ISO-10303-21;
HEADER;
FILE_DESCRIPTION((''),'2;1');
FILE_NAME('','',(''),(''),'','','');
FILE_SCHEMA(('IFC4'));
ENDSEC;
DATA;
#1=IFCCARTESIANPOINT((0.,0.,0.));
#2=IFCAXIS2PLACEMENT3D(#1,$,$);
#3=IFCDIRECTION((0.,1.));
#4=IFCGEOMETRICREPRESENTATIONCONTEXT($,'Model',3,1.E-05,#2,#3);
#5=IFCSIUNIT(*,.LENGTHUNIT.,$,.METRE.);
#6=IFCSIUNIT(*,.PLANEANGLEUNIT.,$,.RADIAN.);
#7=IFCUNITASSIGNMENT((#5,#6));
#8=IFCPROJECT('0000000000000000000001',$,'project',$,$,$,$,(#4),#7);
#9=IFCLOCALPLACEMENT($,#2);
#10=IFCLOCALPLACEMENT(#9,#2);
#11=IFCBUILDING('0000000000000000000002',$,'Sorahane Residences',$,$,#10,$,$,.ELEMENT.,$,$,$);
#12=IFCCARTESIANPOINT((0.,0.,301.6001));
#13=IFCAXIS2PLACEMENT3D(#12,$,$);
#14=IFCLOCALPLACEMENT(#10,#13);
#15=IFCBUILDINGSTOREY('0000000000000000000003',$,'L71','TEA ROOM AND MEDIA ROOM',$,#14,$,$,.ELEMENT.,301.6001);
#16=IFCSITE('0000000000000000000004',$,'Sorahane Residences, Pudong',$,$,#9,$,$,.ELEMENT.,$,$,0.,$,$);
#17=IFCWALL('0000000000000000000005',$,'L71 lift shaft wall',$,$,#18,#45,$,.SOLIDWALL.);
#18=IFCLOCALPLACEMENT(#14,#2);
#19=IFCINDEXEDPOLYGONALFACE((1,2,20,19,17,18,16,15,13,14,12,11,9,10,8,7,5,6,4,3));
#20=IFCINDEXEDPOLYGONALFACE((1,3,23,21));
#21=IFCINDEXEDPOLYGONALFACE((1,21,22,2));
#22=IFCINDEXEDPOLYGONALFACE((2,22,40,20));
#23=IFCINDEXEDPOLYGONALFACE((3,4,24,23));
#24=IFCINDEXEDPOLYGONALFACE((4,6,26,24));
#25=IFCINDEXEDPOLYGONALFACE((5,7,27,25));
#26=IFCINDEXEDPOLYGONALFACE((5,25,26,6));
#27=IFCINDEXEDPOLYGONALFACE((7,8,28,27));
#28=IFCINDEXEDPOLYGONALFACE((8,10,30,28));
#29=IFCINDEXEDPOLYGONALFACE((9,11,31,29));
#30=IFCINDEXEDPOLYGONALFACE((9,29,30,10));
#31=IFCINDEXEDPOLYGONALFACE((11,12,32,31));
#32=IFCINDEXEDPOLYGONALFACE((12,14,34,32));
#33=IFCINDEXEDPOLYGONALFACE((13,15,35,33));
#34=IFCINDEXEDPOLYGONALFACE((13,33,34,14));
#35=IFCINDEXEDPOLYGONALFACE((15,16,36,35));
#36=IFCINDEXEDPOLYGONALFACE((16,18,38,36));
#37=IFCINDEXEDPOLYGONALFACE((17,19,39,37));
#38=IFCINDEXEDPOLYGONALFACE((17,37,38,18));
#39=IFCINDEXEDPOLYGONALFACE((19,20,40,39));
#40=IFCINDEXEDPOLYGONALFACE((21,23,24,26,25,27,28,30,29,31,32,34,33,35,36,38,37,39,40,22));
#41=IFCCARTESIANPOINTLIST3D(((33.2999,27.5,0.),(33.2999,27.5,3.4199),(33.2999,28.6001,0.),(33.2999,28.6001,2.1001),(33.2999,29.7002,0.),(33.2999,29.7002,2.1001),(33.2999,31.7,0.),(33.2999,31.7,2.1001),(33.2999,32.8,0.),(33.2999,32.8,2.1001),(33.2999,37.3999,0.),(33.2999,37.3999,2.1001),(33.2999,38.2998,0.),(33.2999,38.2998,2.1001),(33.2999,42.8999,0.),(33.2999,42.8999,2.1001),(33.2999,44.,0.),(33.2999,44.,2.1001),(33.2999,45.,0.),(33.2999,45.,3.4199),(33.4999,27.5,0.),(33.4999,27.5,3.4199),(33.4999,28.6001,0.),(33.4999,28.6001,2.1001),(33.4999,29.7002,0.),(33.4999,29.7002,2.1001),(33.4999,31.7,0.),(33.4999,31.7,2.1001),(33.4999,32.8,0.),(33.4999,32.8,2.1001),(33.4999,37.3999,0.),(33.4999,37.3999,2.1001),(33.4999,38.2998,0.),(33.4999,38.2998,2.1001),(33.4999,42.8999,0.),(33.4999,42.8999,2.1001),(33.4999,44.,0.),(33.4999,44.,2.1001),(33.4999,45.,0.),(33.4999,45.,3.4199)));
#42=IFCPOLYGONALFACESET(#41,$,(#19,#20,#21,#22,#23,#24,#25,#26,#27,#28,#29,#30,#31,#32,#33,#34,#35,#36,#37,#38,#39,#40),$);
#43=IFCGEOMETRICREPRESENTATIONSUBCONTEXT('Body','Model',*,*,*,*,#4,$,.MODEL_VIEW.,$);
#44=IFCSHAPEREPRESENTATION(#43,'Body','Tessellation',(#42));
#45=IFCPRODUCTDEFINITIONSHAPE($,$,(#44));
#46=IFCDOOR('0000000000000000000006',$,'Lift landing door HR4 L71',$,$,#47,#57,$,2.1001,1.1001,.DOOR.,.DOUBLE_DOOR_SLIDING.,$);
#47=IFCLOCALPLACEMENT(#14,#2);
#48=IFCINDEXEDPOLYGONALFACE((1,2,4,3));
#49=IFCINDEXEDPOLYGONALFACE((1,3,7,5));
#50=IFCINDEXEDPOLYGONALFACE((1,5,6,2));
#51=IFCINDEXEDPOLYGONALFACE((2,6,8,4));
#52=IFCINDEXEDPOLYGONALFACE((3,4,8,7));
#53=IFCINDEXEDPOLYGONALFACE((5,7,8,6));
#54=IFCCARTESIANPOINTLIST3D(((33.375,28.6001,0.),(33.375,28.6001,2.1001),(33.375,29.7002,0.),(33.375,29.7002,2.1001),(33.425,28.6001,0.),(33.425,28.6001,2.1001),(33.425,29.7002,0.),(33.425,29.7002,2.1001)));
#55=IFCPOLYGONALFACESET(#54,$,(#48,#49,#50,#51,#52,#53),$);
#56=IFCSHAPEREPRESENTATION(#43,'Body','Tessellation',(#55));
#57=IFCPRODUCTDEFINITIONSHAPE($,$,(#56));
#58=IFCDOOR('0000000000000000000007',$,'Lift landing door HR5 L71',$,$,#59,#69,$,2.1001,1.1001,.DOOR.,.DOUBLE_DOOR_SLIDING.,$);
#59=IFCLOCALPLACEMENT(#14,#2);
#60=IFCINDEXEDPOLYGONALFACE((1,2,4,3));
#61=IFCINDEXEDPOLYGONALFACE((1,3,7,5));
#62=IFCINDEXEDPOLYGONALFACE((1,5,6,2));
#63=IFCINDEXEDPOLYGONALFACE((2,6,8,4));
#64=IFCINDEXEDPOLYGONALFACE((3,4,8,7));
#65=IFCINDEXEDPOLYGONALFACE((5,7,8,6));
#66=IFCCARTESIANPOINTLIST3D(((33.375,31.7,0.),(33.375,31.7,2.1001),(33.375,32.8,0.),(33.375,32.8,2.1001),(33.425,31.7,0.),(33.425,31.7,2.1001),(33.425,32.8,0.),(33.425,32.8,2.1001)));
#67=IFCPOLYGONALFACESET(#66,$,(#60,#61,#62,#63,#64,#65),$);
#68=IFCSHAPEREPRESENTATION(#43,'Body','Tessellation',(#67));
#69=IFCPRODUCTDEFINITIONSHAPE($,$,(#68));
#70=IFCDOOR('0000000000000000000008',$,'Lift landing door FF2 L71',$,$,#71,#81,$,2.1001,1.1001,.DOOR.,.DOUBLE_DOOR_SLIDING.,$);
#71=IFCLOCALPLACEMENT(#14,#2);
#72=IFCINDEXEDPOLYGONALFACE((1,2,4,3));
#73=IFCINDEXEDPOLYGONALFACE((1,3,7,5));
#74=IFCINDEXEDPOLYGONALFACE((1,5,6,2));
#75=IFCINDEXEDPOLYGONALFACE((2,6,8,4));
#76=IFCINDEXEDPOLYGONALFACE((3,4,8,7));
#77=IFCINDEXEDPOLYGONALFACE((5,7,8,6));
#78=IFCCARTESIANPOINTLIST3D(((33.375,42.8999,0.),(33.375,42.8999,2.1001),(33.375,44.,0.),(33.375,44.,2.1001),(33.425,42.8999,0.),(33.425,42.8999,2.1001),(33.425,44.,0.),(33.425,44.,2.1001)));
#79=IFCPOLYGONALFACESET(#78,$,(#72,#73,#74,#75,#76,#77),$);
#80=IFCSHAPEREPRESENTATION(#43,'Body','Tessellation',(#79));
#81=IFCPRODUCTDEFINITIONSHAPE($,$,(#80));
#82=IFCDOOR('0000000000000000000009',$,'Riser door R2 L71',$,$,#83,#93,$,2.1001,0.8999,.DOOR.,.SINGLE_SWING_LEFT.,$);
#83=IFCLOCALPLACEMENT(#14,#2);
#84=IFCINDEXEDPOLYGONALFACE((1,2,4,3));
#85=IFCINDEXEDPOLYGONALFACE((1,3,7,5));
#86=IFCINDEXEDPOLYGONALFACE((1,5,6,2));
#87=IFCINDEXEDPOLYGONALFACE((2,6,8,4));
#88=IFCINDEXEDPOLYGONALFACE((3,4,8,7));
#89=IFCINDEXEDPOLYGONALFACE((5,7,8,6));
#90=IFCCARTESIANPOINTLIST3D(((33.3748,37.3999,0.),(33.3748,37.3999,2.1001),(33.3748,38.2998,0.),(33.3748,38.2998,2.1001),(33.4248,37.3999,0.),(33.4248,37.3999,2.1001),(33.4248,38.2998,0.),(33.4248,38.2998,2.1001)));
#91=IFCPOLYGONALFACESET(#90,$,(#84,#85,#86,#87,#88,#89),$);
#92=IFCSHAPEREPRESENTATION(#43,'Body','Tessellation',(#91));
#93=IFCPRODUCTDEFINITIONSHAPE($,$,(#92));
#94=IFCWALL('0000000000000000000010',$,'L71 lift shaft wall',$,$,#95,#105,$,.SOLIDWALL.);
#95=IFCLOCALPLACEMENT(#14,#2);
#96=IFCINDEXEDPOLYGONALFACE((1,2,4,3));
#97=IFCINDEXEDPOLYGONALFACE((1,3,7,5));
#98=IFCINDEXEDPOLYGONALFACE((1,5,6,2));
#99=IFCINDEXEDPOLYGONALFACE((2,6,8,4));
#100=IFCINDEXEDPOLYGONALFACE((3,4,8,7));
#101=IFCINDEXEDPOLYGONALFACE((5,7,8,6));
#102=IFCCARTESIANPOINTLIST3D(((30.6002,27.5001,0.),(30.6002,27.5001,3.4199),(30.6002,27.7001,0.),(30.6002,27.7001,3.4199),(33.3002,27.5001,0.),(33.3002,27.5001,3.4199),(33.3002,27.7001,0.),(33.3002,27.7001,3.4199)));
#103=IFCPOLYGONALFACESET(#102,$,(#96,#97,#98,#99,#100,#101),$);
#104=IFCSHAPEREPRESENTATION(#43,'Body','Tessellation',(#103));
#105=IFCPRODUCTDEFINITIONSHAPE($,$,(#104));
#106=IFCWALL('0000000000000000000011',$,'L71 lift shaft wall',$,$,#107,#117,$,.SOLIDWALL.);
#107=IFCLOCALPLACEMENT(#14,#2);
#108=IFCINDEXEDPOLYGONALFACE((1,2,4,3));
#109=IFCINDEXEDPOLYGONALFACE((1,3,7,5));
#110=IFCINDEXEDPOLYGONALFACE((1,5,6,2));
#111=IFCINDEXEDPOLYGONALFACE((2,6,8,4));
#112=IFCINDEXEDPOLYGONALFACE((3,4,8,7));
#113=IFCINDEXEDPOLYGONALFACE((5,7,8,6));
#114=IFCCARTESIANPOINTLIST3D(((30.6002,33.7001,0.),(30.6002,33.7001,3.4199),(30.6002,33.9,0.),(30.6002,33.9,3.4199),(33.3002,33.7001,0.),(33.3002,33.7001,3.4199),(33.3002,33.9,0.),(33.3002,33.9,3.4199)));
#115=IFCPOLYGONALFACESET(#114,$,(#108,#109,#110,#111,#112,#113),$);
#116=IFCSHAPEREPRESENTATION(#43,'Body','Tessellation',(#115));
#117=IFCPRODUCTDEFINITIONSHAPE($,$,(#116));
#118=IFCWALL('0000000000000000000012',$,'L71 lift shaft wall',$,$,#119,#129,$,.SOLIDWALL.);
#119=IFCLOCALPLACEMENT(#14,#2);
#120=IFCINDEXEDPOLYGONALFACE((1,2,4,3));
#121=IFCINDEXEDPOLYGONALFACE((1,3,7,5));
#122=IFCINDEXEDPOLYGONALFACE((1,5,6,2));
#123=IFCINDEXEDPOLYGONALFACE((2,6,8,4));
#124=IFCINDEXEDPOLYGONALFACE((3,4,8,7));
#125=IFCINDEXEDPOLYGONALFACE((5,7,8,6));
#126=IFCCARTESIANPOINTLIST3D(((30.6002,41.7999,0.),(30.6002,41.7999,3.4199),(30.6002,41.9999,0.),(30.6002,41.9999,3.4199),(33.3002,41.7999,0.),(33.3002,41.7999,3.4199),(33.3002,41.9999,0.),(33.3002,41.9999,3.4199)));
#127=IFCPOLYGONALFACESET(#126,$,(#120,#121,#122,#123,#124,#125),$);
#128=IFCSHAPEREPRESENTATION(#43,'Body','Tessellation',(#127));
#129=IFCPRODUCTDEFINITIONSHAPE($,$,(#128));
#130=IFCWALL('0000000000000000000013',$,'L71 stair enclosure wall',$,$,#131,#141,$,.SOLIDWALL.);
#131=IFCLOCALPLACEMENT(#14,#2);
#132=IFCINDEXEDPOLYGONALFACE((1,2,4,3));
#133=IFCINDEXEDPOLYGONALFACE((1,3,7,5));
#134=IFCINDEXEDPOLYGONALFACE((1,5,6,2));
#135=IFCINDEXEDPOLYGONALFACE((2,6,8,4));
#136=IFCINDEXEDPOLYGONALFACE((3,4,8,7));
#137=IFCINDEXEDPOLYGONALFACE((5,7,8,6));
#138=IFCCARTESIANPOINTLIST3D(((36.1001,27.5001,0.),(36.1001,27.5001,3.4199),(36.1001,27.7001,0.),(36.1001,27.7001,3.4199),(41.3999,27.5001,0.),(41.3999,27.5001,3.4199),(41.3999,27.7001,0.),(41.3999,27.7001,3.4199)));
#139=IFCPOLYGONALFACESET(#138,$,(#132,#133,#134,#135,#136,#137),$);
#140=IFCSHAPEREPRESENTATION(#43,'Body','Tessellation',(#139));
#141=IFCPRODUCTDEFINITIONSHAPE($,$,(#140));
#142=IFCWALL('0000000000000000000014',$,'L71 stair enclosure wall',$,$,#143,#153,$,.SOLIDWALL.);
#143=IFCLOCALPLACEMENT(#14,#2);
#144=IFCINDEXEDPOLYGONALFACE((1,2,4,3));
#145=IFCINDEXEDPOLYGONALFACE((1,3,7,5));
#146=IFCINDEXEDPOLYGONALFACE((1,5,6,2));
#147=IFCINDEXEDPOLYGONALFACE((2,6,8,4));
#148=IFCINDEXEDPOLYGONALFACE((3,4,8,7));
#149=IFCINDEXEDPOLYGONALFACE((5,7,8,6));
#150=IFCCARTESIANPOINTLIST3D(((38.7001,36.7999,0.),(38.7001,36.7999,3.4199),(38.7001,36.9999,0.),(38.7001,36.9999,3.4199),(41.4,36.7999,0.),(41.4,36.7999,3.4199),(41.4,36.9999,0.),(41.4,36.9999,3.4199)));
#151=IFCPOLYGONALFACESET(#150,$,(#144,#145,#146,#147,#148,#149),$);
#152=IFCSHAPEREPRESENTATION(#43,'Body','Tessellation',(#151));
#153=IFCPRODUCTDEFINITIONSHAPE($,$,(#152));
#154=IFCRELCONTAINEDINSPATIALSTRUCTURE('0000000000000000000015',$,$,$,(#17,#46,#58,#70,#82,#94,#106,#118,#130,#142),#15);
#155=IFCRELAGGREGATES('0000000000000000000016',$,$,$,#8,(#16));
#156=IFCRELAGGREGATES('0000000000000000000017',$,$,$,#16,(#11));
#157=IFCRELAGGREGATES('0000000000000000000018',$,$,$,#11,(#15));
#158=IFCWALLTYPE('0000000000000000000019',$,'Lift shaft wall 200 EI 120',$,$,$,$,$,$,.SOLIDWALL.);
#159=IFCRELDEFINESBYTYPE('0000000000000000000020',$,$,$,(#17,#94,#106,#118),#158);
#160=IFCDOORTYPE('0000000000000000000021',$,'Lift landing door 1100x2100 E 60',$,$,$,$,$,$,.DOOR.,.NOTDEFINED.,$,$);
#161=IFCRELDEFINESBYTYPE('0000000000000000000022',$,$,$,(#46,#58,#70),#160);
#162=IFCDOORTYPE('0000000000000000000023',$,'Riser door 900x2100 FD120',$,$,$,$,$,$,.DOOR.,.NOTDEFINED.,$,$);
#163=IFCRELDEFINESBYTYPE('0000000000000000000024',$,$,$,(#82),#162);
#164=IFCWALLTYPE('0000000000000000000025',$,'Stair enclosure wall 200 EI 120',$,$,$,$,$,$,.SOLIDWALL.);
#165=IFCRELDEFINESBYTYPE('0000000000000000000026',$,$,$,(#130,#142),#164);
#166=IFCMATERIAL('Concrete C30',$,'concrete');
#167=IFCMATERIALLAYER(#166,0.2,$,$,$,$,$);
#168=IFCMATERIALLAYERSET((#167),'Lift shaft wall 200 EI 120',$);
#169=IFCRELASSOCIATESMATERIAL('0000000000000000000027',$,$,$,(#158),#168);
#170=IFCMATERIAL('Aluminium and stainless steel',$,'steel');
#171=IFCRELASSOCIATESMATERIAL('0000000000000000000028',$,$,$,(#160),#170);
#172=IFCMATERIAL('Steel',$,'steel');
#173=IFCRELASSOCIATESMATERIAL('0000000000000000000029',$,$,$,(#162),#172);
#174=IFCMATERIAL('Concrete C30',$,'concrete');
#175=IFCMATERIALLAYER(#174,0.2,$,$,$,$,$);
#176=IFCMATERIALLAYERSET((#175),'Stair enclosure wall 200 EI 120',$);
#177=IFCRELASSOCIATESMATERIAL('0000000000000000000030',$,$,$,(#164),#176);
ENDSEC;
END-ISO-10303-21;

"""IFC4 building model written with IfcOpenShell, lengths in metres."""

from ifc_helpers import new_model, si_unit, direction, frame, frame_2d, origin, place, context, subcontext, project, spatial, rectangle, extrude, material, layer, layer_set, type_object, element, fill, save


model = new_model("IFC4")

# Units and contexts
model_context = context("Model", 3, precision=1e-05, world=origin(), true_north=direction((0.0, 1.0)))
body_context = subcontext(model_context, "Body", "Model", "MODEL_VIEW")
ifc_project = project(units=[si_unit("LENGTHUNIT", "METRE"), si_unit("PLANEANGLEUNIT", "RADIAN")], contexts=[model_context])

# Site, building, storey
site_placement = place(None, origin())
site = spatial("IfcSite", under=ifc_project, at=site_placement, Name="Sorahane Residences, Pudong", CompositionType="ELEMENT", RefElevation=0.0)
building_placement = place(site_placement, origin())
building = spatial("IfcBuilding", under=site, at=building_placement, Name="Sorahane Residences", CompositionType="ELEMENT")
storey_placement = place(building_placement, frame((0.0, 0.0, 301.6001)))
storey = spatial("IfcBuildingStorey", under=building, at=storey_placement, Name="L71", Description="TEA ROOM AND MEDIA ROOM", CompositionType="ELEMENT", Elevation=301.6001)

# Wall, openings, doors
ifc_material_1 = material(Name="Concrete C30", Category="concrete")
ifc_layer_1 = layer(ifc_material_1, 0.2)
ifc_layer_set_1 = layer_set([ifc_layer_1], Name="Lift shaft wall 200 EI 120")
wall_type_1 = type_object("IfcWallType", Name="Lift shaft wall 200 EI 120", PredefinedType="SOLIDWALL", material=ifc_layer_set_1)
wall_1_placement = place(storey_placement, frame((33.3999, 27.5, 0.0), z_axis=(0.0, 0.0, 1.0), x_axis=(0.0, 1.0, 0.0)))
wall_1 = element("IfcWall", 1, at=wall_1_placement, inside=storey, type_object=wall_type_1, Name="L71 lift shaft wall", PredefinedType="SOLIDWALL", context=body_context, shape_type="SweptSolid", body=[
    extrude(rectangle(XDim=17.5, YDim=0.2, at=frame_2d((8.75, 0.0))), origin(), (0.0, 0.0, 1.0), 3.4199),
])
opening_1_placement = place(wall_1_placement, frame((1.1001, 0.0, 0.0)))
opening_1 = element("IfcOpeningElement", 2, at=opening_1_placement, cuts=wall_1, PredefinedType="OPENING", context=body_context, shape_type="SweptSolid", body=[
    extrude(rectangle(XDim=1.1001, YDim=2.1001, at=frame_2d((0.55, 1.05))), frame((0.0, 0.1099, 0.0), z_axis=(0.0, -1.0, 0.0), x_axis=(1.0, 0.0, 0.0)), (0.0, 0.0, 1.0), 0.22),
])
opening_2_placement = place(wall_1_placement, frame((4.2, 0.0, 0.0)))
opening_2 = element("IfcOpeningElement", 3, at=opening_2_placement, cuts=wall_1, PredefinedType="OPENING", context=body_context, shape_type="SweptSolid", body=[
    extrude(rectangle(XDim=1.1001, YDim=2.1001, at=frame_2d((0.55, 1.05))), frame((0.0, 0.1099, 0.0), z_axis=(0.0, -1.0, 0.0), x_axis=(1.0, 0.0, 0.0)), (0.0, 0.0, 1.0), 0.22),
])
opening_3_placement = place(wall_1_placement, frame((15.3999, 0.0, 0.0)))
opening_3 = element("IfcOpeningElement", 4, at=opening_3_placement, cuts=wall_1, PredefinedType="OPENING", context=body_context, shape_type="SweptSolid", body=[
    extrude(rectangle(XDim=1.1001, YDim=2.1001, at=frame_2d((0.55, 1.05))), frame((0.0, 0.1099, 0.0), z_axis=(0.0, -1.0, 0.0), x_axis=(1.0, 0.0, 0.0)), (0.0, 0.0, 1.0), 0.22),
])
opening_4_placement = place(wall_1_placement, frame((9.8999, 0.0, 0.0)))
opening_4 = element("IfcOpeningElement", 5, at=opening_4_placement, cuts=wall_1, PredefinedType="OPENING", context=body_context, shape_type="SweptSolid", body=[
    extrude(rectangle(XDim=0.8999, YDim=2.1001, at=frame_2d((0.45, 1.05))), frame((0.0, 0.1099, 0.0), z_axis=(0.0, -1.0, 0.0), x_axis=(1.0, 0.0, 0.0)), (0.0, 0.0, 1.0), 0.22),
])
ifc_material_2 = material(Name="Aluminium and stainless steel", Category="steel")
door_type_1 = type_object("IfcDoorType", Name="Lift landing door 1100x2100 E 60", OperationType="NOTDEFINED", PredefinedType="DOOR", material=ifc_material_2)
door_1_placement = place(opening_1_placement, origin())
door_1 = element("IfcDoor", 6, at=door_1_placement, inside=storey, type_object=door_type_1, Name="Lift landing door HR4 L71", OperationType="DOUBLE_DOOR_SLIDING", OverallHeight=2.1001, OverallWidth=1.1001, PredefinedType="DOOR", context=body_context, shape_type="SweptSolid", body=[
    extrude(rectangle(XDim=1.1001, YDim=2.1001, at=frame_2d((0.55, 1.05))), frame((0.0, 0.0249, 0.0), z_axis=(0.0, -1.0, 0.0), x_axis=(1.0, 0.0, 0.0)), (0.0, 0.0, 1.0), 0.05),
])
fill(opening_1, door_1)
door_2_placement = place(opening_2_placement, origin())
door_2 = element("IfcDoor", 7, at=door_2_placement, inside=storey, type_object=door_type_1, Name="Lift landing door HR5 L71", OperationType="DOUBLE_DOOR_SLIDING", OverallHeight=2.1001, OverallWidth=1.1001, PredefinedType="DOOR", context=body_context, shape_type="SweptSolid", body=[
    extrude(rectangle(XDim=1.1001, YDim=2.1001, at=frame_2d((0.55, 1.05))), frame((0.0, 0.0249, 0.0), z_axis=(0.0, -1.0, 0.0), x_axis=(1.0, 0.0, 0.0)), (0.0, 0.0, 1.0), 0.05),
])
fill(opening_2, door_2)
door_3_placement = place(opening_3_placement, origin())
door_3 = element("IfcDoor", 8, at=door_3_placement, inside=storey, type_object=door_type_1, Name="Lift landing door FF2 L71", OperationType="DOUBLE_DOOR_SLIDING", OverallHeight=2.1001, OverallWidth=1.1001, PredefinedType="DOOR", context=body_context, shape_type="SweptSolid", body=[
    extrude(rectangle(XDim=1.1001, YDim=2.1001, at=frame_2d((0.55, 1.05))), frame((0.0, 0.0249, 0.0), z_axis=(0.0, -1.0, 0.0), x_axis=(1.0, 0.0, 0.0)), (0.0, 0.0, 1.0), 0.05),
])
fill(opening_3, door_3)
ifc_material_3 = material(Name="Steel", Category="steel")
door_type_2 = type_object("IfcDoorType", Name="Riser door 900x2100 FD120", OperationType="NOTDEFINED", PredefinedType="DOOR", material=ifc_material_3)
door_4_placement = place(opening_4_placement, frame((0.8999, 0.0, 0.0), z_axis=(0.0, 0.0, 1.0), x_axis=(-1.0, 0.0, 0.0)))
door_4 = element("IfcDoor", 9, at=door_4_placement, inside=storey, type_object=door_type_2, Name="Riser door R2 L71", OperationType="SINGLE_SWING_LEFT", OverallHeight=2.1001, OverallWidth=0.8999, PredefinedType="DOOR", context=body_context, shape_type="SweptSolid", body=[
    extrude(rectangle(XDim=0.8999, YDim=2.1001, at=frame_2d((0.45, 1.05))), frame((0.0, 0.0249, 0.0), z_axis=(0.0, -1.0, 0.0), x_axis=(1.0, 0.0, 0.0)), (0.0, 0.0, 1.0), 0.05),
])
fill(opening_4, door_4)

# Walls
for number, where, z_axis, x_axis, name in (
    (10, (30.6001, 27.6001, 0.0), (0.0, 0.0, 1.0), (1.0, 0.0, 0.0), "L71 lift shaft wall"),
    (11, (30.6001, 33.8, 0.0), (0.0, 0.0, 1.0), (1.0, 0.0, 0.0), "L71 lift shaft wall"),
    (12, (30.6001, 41.8999, 0.0), (0.0, 0.0, 1.0), (1.0, 0.0, 0.0), "L71 lift shaft wall"),
):
    element("IfcWall", number, at=place(storey_placement, frame(where, z_axis=z_axis, x_axis=x_axis)), inside=storey, type_object=wall_type_1, Name=name, PredefinedType="SOLIDWALL", context=body_context, shape_type="SweptSolid", body=[
        extrude(rectangle(XDim=2.7, YDim=0.2, at=frame_2d((1.3501, 0.0))), origin(), (0.0, 0.0, 1.0), 3.4199),
    ])
ifc_material_4 = material(Name="Concrete C30", Category="concrete")
ifc_layer_2 = layer(ifc_material_4, 0.2)
ifc_layer_set_2 = layer_set([ifc_layer_2], Name="Stair enclosure wall 200 EI 120")
wall_type_2 = type_object("IfcWallType", Name="Stair enclosure wall 200 EI 120", PredefinedType="SOLIDWALL", material=ifc_layer_set_2)
wall_2_placement = place(storey_placement, frame((36.1001, 27.6001, 0.0), z_axis=(0.0, 0.0, 1.0), x_axis=(1.0, 0.0, 0.0)))
element("IfcWall", 13, at=wall_2_placement, inside=storey, type_object=wall_type_2, Name="L71 stair enclosure wall", PredefinedType="SOLIDWALL", context=body_context, shape_type="SweptSolid", body=[
    extrude(rectangle(XDim=5.2998, YDim=0.2, at=frame_2d((2.6499, 0.0))), origin(), (0.0, 0.0, 1.0), 3.4199),
])
wall_3_placement = place(storey_placement, frame((38.7, 36.8999, 0.0), z_axis=(0.0, 0.0, 1.0), x_axis=(1.0, 0.0, 0.0)))
element("IfcWall", 14, at=wall_3_placement, inside=storey, type_object=wall_type_2, Name="L71 stair enclosure wall", PredefinedType="SOLIDWALL", context=body_context, shape_type="SweptSolid", body=[
    extrude(rectangle(XDim=2.7, YDim=0.2, at=frame_2d((1.3501, 0.0))), origin(), (0.0, 0.0, 1.0), 3.4199),
])

save(model, "model.ifc")
